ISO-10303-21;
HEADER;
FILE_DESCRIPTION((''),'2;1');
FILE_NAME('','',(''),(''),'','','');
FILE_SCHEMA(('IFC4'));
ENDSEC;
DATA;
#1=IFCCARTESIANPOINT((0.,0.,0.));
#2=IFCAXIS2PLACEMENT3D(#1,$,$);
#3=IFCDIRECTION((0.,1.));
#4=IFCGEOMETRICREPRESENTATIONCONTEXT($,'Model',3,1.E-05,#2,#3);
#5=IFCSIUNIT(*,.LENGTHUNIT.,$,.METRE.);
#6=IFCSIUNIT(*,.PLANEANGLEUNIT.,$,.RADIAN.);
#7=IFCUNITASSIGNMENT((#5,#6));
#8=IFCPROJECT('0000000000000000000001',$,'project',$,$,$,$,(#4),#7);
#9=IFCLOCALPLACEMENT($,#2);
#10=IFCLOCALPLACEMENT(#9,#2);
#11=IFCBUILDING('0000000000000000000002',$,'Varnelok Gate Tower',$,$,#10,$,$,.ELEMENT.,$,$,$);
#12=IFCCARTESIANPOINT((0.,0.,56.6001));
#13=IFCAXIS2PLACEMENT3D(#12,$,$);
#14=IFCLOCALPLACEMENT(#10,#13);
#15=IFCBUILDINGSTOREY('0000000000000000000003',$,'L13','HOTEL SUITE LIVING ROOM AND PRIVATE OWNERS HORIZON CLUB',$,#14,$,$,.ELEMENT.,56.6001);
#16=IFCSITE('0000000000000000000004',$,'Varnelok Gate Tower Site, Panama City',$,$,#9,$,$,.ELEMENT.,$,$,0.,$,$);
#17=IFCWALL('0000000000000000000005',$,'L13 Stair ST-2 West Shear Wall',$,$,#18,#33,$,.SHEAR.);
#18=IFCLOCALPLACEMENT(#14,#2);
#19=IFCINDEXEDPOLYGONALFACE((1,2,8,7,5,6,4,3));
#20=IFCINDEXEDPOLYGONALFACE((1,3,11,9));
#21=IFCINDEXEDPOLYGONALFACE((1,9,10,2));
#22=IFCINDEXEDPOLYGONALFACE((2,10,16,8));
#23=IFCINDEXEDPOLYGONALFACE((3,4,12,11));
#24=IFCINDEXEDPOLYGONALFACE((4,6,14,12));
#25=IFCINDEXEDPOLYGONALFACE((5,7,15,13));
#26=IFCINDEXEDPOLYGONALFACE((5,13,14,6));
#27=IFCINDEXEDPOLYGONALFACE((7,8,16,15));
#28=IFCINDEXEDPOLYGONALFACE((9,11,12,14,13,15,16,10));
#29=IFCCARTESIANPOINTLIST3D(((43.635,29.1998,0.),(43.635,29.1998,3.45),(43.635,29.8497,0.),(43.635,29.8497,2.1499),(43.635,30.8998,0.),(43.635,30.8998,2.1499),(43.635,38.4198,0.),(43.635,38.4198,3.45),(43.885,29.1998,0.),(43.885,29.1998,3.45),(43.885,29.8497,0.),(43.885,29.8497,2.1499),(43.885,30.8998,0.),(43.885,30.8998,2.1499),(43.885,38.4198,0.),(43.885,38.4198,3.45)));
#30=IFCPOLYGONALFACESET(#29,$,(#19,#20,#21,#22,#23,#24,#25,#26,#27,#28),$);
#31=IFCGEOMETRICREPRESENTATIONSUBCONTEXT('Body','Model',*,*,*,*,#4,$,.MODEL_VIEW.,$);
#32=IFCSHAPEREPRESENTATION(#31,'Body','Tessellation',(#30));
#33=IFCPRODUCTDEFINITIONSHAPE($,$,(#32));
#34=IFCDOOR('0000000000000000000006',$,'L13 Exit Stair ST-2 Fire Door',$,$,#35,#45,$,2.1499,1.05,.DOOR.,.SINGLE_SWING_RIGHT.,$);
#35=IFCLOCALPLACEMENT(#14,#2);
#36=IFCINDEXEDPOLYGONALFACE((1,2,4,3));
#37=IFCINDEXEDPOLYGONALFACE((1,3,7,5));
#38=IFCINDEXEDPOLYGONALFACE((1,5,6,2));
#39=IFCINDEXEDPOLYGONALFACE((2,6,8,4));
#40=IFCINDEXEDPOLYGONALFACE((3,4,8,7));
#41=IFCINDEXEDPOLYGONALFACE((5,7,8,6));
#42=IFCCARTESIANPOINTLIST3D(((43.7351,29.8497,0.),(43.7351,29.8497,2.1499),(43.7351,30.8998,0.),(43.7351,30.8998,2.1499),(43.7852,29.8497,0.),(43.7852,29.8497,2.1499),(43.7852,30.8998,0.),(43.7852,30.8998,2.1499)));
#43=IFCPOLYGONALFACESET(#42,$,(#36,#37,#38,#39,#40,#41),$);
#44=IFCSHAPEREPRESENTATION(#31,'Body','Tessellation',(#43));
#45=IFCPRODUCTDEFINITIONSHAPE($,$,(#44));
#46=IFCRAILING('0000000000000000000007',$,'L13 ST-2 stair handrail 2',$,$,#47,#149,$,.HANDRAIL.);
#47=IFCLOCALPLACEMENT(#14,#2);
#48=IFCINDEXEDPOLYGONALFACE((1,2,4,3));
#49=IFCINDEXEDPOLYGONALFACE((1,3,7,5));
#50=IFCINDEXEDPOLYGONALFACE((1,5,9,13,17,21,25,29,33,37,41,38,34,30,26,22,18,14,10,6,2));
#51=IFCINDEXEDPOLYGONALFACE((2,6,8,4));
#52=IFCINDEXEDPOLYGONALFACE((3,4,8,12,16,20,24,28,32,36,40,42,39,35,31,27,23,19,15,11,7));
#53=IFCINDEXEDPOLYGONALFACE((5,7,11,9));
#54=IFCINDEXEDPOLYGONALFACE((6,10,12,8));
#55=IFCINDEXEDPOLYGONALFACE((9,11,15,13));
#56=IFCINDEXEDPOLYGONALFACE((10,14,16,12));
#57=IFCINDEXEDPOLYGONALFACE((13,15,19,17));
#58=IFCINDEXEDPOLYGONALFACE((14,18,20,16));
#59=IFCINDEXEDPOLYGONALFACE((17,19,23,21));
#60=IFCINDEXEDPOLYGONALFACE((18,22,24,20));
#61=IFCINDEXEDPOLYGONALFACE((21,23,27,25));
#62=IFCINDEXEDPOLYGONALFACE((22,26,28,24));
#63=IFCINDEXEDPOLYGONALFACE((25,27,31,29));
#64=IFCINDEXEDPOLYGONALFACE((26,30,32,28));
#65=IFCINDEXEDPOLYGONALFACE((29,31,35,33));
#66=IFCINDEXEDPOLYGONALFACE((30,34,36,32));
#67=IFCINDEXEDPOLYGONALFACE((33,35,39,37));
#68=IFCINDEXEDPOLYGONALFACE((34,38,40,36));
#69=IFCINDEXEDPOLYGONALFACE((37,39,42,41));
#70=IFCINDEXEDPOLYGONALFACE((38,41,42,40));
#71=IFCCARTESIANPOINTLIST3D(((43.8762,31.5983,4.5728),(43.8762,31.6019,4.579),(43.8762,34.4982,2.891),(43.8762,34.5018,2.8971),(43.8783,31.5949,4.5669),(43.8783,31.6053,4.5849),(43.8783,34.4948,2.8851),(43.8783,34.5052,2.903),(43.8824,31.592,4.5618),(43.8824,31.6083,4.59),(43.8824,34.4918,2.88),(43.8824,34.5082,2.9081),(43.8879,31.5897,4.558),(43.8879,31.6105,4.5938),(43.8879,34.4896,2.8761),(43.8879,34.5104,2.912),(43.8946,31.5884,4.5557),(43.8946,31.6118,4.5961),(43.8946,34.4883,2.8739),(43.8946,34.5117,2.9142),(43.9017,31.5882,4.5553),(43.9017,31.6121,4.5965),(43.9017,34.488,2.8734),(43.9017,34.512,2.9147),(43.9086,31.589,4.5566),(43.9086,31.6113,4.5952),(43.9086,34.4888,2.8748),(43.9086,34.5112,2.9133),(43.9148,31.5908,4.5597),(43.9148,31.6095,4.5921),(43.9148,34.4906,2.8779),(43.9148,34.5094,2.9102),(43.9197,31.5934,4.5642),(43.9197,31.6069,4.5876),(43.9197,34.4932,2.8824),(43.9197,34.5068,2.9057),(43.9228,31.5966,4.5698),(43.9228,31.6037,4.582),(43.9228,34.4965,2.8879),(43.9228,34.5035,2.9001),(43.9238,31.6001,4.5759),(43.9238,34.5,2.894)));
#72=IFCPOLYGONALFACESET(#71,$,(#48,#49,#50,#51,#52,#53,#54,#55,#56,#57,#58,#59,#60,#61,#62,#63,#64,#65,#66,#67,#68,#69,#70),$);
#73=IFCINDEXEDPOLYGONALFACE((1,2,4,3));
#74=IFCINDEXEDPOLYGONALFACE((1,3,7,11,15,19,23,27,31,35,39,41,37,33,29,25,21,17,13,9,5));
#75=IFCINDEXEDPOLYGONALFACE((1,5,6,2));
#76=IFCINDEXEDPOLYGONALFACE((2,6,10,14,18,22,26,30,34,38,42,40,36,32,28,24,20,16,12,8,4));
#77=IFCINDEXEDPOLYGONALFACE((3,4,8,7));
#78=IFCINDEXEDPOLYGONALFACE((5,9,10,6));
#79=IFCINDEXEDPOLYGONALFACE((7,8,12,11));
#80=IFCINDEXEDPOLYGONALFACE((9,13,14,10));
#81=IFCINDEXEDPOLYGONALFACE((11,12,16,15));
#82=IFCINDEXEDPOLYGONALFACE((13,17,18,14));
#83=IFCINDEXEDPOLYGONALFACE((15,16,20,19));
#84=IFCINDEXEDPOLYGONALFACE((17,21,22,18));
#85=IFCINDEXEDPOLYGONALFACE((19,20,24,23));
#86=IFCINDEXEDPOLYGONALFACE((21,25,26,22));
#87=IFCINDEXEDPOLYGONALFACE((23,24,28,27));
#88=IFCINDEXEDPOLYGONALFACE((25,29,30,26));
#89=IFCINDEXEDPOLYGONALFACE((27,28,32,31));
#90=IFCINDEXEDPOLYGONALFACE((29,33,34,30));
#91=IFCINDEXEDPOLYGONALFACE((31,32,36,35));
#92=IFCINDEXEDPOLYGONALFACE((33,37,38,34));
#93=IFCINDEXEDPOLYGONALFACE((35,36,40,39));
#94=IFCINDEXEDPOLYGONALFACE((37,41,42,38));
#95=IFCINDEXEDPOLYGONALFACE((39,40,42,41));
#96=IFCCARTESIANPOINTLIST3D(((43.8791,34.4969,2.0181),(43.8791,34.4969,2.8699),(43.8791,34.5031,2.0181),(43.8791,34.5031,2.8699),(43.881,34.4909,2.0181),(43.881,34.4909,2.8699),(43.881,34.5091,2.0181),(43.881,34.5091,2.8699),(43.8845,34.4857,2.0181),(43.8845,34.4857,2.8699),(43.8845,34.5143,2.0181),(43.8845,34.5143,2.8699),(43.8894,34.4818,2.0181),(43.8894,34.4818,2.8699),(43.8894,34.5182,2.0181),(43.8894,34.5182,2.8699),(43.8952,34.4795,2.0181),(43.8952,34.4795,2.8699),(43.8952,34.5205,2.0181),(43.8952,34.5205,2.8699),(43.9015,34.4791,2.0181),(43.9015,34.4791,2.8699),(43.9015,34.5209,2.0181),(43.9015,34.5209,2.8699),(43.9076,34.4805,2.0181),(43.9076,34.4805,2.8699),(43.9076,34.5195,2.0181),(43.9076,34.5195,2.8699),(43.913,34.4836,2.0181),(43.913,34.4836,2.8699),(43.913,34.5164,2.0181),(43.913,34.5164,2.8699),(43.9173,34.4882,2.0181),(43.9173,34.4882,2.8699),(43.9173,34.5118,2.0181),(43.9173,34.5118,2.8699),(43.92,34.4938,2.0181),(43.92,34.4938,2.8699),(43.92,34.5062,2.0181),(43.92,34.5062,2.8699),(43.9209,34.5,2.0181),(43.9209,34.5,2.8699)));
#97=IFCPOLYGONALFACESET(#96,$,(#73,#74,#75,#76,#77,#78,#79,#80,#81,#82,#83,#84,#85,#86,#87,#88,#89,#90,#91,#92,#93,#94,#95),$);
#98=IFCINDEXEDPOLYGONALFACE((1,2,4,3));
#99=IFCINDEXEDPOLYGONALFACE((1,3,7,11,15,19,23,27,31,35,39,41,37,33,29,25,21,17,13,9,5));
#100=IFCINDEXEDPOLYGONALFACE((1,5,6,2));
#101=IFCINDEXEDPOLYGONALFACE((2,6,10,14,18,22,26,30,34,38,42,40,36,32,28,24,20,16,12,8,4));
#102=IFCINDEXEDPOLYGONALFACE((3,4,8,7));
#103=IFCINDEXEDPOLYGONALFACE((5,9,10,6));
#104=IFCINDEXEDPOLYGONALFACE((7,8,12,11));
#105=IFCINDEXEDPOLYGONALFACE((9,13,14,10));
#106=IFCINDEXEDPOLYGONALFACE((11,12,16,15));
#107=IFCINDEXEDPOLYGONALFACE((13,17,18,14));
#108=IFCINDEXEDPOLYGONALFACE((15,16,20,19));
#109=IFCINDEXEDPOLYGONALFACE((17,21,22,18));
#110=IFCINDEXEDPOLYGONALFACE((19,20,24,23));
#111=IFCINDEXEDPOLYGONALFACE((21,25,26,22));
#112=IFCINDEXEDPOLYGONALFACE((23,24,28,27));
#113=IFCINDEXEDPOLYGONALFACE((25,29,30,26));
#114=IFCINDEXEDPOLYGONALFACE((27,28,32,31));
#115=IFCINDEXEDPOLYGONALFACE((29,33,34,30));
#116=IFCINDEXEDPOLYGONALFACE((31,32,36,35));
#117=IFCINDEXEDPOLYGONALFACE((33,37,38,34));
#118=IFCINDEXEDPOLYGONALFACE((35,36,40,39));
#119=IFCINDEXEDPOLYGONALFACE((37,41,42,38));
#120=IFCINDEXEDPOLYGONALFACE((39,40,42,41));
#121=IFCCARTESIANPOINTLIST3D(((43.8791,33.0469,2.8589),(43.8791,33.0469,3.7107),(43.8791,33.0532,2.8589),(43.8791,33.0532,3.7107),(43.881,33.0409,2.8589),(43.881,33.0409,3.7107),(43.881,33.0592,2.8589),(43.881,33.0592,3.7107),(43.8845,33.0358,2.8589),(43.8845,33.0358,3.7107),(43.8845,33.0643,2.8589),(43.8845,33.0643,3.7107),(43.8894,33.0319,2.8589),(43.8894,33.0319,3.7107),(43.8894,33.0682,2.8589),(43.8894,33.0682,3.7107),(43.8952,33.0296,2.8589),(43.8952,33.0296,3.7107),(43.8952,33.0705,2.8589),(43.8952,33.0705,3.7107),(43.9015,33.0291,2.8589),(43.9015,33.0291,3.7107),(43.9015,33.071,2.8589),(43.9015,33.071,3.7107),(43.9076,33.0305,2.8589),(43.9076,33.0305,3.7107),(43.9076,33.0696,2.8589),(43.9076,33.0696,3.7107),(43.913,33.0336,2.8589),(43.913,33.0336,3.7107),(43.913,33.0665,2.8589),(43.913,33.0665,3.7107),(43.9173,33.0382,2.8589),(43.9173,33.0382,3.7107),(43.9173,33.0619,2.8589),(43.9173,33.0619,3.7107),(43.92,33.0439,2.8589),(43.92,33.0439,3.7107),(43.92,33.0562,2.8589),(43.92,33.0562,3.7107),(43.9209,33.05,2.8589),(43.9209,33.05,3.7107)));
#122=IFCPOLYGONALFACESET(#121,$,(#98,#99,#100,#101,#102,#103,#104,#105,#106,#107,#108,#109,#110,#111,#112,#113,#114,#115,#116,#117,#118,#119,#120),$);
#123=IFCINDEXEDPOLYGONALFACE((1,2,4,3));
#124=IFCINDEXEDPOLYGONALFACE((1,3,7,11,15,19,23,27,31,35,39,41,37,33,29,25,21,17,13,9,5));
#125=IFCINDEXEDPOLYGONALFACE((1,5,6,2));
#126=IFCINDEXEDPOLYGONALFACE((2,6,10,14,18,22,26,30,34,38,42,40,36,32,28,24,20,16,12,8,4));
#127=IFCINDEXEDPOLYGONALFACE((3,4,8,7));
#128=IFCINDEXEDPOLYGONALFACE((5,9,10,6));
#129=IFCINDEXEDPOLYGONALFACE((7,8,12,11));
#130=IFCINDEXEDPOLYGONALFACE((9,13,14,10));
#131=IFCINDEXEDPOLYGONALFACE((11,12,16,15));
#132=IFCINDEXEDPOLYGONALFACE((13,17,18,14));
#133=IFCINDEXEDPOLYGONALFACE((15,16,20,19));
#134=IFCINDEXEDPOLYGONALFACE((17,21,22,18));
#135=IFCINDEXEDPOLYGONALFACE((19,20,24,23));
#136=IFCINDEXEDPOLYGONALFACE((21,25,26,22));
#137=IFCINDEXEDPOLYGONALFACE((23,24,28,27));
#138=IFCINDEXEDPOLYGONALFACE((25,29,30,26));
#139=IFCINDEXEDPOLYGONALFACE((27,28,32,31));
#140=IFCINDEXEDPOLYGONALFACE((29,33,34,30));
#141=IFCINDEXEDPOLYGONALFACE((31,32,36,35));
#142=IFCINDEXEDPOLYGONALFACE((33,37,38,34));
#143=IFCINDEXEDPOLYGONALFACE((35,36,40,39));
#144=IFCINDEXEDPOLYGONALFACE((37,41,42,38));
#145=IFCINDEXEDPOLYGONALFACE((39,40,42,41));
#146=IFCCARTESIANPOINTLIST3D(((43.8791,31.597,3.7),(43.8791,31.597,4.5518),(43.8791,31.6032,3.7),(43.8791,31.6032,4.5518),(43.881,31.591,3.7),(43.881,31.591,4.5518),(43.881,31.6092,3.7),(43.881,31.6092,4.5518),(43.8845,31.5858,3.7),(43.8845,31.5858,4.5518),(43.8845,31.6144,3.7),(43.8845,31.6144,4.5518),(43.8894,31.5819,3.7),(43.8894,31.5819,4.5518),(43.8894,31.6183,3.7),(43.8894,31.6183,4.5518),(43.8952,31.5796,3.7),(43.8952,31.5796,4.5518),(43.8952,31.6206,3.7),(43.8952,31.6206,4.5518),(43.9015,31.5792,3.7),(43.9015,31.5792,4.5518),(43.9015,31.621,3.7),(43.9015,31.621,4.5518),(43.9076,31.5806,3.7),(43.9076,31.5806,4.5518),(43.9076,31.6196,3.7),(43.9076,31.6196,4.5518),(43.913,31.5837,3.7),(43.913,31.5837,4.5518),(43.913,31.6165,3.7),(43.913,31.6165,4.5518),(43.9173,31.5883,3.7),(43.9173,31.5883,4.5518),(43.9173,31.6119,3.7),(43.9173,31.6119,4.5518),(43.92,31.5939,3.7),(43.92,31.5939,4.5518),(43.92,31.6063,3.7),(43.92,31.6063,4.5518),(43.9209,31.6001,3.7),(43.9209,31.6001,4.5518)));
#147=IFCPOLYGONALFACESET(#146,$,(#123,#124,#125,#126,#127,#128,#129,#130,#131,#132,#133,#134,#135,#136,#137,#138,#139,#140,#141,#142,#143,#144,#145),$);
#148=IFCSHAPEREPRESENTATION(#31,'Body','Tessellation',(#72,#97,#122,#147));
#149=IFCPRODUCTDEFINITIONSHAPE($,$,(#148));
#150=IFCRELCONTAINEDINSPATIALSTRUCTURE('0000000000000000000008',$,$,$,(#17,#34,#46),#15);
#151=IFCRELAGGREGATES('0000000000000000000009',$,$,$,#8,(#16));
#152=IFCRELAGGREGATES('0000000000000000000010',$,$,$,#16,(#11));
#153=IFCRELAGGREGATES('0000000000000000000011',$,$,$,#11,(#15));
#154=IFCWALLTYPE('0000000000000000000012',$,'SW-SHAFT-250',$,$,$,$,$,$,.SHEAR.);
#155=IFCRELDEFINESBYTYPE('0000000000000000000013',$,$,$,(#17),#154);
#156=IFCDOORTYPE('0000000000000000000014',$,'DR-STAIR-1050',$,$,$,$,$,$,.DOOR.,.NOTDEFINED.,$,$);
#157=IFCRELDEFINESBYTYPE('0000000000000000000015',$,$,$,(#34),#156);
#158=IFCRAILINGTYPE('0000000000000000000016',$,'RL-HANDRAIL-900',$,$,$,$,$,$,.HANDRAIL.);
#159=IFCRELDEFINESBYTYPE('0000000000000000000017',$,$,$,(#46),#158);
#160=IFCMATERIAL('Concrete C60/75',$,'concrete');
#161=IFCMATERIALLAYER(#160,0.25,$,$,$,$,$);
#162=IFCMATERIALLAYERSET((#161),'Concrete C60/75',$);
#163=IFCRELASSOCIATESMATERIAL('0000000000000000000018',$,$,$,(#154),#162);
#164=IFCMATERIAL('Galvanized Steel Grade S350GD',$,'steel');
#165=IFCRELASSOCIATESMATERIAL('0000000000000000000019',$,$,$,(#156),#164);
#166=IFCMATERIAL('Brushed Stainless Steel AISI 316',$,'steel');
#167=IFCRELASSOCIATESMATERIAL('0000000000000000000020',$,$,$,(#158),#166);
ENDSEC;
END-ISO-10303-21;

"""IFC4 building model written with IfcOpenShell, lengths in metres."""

from ifc_helpers import new_model, si_unit, direction, frame, frame_2d, origin, origin_2d, place, context, subcontext, project, spatial, rectangle, circle, extrude, material, layer, layer_set, type_object, element, fill, save


model = new_model("IFC4")

# Units and contexts
model_context = context("Model", 3, precision=1e-05, world=origin(), true_north=direction((0.0, 1.0)))
body_context = subcontext(model_context, "Body", "Model", "MODEL_VIEW")
ifc_project = project(units=[si_unit("LENGTHUNIT", "METRE"), si_unit("PLANEANGLEUNIT", "RADIAN")], contexts=[model_context])

# Site, building, storey
site_placement = place(None, origin())
site = spatial("IfcSite", under=ifc_project, at=site_placement, Name="Varnelok Gate Tower Site, Panama City", CompositionType="ELEMENT", RefElevation=0.0)
building_placement = place(site_placement, origin())
building = spatial("IfcBuilding", under=site, at=building_placement, Name="Varnelok Gate Tower", CompositionType="ELEMENT")
storey_placement = place(building_placement, frame((0.0, 0.0, 56.6001)))
storey = spatial("IfcBuildingStorey", under=building, at=storey_placement, Name="L13", Description="HOTEL SUITE LIVING ROOM AND PRIVATE OWNERS HORIZON CLUB", CompositionType="ELEMENT", Elevation=56.6001)

# Shared definitions
ifc_material_1 = material(Name="Galvanized Steel Grade S350GD", Category="steel")

# Wall, opening, door
ifc_material_2 = material(Name="Concrete C60/75", Category="concrete")
ifc_layer_1 = layer(ifc_material_2, 0.25)
ifc_layer_set_1 = layer_set([ifc_layer_1], Name="Concrete C60/75")
wall_type_1 = type_object("IfcWallType", Name="SW-SHAFT-250", PredefinedType="SHEAR", material=ifc_layer_set_1)
wall_1_placement = place(storey_placement, frame((43.76, 29.2, 0.0), z_axis=(0.0, 0.0, 1.0), x_axis=(0.0, 1.0, 0.0)))
wall_1 = element("IfcWall", 1, at=wall_1_placement, inside=storey, type_object=wall_type_1, Name="L13 Stair ST-2 West Shear Wall", PredefinedType="SHEAR", context=body_context, shape_type="SweptSolid", body=[
    extrude(rectangle(XDim=9.22, YDim=0.25, at=frame_2d((4.6099, 0.0))), origin(), (0.0, 0.0, 1.0), 3.45),
])
opening_1_placement = place(wall_1_placement, frame((0.6499, 0.0, 0.0)))
opening_1 = element("IfcOpeningElement", 2, at=opening_1_placement, cuts=wall_1, PredefinedType="OPENING", context=body_context, shape_type="SweptSolid", body=[
    extrude(rectangle(XDim=1.05, YDim=2.1499, at=frame_2d((0.5249, 1.075))), frame((0.0, 0.135, 0.0), z_axis=(0.0, -1.0, 0.0), x_axis=(1.0, 0.0, 0.0)), (0.0, 0.0, 1.0), 0.27),
])
door_type_1 = type_object("IfcDoorType", Name="DR-STAIR-1050", OperationType="NOTDEFINED", PredefinedType="DOOR", material=ifc_material_1)
door_1_placement = place(opening_1_placement, origin())
door_1 = element("IfcDoor", 3, at=door_1_placement, inside=storey, type_object=door_type_1, Name="L13 Exit Stair ST-2 Fire Door", OperationType="SINGLE_SWING_RIGHT", OverallHeight=2.1499, OverallWidth=1.05, PredefinedType="DOOR", context=body_context, shape_type="SweptSolid", body=[
    extrude(rectangle(XDim=1.05, YDim=2.1499, at=frame_2d((0.5249, 1.075))), frame((0.0, 0.0249, 0.0), z_axis=(0.0, -1.0, 0.0), x_axis=(1.0, 0.0, 0.0)), (0.0, 0.0, 1.0), 0.05),
])
fill(opening_1, door_1)

# Railing
ifc_material_3 = material(Name="Brushed Stainless Steel AISI 316", Category="steel")
railing_type_1 = type_object("IfcRailingType", Name="RL-HANDRAIL-900", PredefinedType="HANDRAIL", material=ifc_material_3)
railing_1_placement = place(storey_placement, frame((43.8999, 34.5, 2.0181)))
element("IfcRailing", 4, at=railing_1_placement, inside=storey, type_object=railing_type_1, Name="L13 ST-2 stair handrail 2", PredefinedType="HANDRAIL", context=body_context, shape_type="SweptSolid", body=[
    extrude(circle(Radius=0.0239, at=origin_2d()), frame((0.0, 0.0, 0.876), z_axis=(0.0, -0.865039, 0.501705), x_axis=(1.0, 0.0, 0.0)), (0.0, 0.0, 1.0), 3.3523),
    extrude(circle(Radius=0.021, at=origin_2d()), origin(), (0.0, 0.0, 1.0), 0.8518),
    extrude(circle(Radius=0.021, at=origin_2d()), frame((0.0, -1.45, 0.8408)), (0.0, 0.0, 1.0), 0.8518),
    extrude(circle(Radius=0.021, at=origin_2d()), frame((0.0, -2.8999, 1.6819)), (0.0, 0.0, 1.0), 0.8518),
])

save(model, "model.ifc")
